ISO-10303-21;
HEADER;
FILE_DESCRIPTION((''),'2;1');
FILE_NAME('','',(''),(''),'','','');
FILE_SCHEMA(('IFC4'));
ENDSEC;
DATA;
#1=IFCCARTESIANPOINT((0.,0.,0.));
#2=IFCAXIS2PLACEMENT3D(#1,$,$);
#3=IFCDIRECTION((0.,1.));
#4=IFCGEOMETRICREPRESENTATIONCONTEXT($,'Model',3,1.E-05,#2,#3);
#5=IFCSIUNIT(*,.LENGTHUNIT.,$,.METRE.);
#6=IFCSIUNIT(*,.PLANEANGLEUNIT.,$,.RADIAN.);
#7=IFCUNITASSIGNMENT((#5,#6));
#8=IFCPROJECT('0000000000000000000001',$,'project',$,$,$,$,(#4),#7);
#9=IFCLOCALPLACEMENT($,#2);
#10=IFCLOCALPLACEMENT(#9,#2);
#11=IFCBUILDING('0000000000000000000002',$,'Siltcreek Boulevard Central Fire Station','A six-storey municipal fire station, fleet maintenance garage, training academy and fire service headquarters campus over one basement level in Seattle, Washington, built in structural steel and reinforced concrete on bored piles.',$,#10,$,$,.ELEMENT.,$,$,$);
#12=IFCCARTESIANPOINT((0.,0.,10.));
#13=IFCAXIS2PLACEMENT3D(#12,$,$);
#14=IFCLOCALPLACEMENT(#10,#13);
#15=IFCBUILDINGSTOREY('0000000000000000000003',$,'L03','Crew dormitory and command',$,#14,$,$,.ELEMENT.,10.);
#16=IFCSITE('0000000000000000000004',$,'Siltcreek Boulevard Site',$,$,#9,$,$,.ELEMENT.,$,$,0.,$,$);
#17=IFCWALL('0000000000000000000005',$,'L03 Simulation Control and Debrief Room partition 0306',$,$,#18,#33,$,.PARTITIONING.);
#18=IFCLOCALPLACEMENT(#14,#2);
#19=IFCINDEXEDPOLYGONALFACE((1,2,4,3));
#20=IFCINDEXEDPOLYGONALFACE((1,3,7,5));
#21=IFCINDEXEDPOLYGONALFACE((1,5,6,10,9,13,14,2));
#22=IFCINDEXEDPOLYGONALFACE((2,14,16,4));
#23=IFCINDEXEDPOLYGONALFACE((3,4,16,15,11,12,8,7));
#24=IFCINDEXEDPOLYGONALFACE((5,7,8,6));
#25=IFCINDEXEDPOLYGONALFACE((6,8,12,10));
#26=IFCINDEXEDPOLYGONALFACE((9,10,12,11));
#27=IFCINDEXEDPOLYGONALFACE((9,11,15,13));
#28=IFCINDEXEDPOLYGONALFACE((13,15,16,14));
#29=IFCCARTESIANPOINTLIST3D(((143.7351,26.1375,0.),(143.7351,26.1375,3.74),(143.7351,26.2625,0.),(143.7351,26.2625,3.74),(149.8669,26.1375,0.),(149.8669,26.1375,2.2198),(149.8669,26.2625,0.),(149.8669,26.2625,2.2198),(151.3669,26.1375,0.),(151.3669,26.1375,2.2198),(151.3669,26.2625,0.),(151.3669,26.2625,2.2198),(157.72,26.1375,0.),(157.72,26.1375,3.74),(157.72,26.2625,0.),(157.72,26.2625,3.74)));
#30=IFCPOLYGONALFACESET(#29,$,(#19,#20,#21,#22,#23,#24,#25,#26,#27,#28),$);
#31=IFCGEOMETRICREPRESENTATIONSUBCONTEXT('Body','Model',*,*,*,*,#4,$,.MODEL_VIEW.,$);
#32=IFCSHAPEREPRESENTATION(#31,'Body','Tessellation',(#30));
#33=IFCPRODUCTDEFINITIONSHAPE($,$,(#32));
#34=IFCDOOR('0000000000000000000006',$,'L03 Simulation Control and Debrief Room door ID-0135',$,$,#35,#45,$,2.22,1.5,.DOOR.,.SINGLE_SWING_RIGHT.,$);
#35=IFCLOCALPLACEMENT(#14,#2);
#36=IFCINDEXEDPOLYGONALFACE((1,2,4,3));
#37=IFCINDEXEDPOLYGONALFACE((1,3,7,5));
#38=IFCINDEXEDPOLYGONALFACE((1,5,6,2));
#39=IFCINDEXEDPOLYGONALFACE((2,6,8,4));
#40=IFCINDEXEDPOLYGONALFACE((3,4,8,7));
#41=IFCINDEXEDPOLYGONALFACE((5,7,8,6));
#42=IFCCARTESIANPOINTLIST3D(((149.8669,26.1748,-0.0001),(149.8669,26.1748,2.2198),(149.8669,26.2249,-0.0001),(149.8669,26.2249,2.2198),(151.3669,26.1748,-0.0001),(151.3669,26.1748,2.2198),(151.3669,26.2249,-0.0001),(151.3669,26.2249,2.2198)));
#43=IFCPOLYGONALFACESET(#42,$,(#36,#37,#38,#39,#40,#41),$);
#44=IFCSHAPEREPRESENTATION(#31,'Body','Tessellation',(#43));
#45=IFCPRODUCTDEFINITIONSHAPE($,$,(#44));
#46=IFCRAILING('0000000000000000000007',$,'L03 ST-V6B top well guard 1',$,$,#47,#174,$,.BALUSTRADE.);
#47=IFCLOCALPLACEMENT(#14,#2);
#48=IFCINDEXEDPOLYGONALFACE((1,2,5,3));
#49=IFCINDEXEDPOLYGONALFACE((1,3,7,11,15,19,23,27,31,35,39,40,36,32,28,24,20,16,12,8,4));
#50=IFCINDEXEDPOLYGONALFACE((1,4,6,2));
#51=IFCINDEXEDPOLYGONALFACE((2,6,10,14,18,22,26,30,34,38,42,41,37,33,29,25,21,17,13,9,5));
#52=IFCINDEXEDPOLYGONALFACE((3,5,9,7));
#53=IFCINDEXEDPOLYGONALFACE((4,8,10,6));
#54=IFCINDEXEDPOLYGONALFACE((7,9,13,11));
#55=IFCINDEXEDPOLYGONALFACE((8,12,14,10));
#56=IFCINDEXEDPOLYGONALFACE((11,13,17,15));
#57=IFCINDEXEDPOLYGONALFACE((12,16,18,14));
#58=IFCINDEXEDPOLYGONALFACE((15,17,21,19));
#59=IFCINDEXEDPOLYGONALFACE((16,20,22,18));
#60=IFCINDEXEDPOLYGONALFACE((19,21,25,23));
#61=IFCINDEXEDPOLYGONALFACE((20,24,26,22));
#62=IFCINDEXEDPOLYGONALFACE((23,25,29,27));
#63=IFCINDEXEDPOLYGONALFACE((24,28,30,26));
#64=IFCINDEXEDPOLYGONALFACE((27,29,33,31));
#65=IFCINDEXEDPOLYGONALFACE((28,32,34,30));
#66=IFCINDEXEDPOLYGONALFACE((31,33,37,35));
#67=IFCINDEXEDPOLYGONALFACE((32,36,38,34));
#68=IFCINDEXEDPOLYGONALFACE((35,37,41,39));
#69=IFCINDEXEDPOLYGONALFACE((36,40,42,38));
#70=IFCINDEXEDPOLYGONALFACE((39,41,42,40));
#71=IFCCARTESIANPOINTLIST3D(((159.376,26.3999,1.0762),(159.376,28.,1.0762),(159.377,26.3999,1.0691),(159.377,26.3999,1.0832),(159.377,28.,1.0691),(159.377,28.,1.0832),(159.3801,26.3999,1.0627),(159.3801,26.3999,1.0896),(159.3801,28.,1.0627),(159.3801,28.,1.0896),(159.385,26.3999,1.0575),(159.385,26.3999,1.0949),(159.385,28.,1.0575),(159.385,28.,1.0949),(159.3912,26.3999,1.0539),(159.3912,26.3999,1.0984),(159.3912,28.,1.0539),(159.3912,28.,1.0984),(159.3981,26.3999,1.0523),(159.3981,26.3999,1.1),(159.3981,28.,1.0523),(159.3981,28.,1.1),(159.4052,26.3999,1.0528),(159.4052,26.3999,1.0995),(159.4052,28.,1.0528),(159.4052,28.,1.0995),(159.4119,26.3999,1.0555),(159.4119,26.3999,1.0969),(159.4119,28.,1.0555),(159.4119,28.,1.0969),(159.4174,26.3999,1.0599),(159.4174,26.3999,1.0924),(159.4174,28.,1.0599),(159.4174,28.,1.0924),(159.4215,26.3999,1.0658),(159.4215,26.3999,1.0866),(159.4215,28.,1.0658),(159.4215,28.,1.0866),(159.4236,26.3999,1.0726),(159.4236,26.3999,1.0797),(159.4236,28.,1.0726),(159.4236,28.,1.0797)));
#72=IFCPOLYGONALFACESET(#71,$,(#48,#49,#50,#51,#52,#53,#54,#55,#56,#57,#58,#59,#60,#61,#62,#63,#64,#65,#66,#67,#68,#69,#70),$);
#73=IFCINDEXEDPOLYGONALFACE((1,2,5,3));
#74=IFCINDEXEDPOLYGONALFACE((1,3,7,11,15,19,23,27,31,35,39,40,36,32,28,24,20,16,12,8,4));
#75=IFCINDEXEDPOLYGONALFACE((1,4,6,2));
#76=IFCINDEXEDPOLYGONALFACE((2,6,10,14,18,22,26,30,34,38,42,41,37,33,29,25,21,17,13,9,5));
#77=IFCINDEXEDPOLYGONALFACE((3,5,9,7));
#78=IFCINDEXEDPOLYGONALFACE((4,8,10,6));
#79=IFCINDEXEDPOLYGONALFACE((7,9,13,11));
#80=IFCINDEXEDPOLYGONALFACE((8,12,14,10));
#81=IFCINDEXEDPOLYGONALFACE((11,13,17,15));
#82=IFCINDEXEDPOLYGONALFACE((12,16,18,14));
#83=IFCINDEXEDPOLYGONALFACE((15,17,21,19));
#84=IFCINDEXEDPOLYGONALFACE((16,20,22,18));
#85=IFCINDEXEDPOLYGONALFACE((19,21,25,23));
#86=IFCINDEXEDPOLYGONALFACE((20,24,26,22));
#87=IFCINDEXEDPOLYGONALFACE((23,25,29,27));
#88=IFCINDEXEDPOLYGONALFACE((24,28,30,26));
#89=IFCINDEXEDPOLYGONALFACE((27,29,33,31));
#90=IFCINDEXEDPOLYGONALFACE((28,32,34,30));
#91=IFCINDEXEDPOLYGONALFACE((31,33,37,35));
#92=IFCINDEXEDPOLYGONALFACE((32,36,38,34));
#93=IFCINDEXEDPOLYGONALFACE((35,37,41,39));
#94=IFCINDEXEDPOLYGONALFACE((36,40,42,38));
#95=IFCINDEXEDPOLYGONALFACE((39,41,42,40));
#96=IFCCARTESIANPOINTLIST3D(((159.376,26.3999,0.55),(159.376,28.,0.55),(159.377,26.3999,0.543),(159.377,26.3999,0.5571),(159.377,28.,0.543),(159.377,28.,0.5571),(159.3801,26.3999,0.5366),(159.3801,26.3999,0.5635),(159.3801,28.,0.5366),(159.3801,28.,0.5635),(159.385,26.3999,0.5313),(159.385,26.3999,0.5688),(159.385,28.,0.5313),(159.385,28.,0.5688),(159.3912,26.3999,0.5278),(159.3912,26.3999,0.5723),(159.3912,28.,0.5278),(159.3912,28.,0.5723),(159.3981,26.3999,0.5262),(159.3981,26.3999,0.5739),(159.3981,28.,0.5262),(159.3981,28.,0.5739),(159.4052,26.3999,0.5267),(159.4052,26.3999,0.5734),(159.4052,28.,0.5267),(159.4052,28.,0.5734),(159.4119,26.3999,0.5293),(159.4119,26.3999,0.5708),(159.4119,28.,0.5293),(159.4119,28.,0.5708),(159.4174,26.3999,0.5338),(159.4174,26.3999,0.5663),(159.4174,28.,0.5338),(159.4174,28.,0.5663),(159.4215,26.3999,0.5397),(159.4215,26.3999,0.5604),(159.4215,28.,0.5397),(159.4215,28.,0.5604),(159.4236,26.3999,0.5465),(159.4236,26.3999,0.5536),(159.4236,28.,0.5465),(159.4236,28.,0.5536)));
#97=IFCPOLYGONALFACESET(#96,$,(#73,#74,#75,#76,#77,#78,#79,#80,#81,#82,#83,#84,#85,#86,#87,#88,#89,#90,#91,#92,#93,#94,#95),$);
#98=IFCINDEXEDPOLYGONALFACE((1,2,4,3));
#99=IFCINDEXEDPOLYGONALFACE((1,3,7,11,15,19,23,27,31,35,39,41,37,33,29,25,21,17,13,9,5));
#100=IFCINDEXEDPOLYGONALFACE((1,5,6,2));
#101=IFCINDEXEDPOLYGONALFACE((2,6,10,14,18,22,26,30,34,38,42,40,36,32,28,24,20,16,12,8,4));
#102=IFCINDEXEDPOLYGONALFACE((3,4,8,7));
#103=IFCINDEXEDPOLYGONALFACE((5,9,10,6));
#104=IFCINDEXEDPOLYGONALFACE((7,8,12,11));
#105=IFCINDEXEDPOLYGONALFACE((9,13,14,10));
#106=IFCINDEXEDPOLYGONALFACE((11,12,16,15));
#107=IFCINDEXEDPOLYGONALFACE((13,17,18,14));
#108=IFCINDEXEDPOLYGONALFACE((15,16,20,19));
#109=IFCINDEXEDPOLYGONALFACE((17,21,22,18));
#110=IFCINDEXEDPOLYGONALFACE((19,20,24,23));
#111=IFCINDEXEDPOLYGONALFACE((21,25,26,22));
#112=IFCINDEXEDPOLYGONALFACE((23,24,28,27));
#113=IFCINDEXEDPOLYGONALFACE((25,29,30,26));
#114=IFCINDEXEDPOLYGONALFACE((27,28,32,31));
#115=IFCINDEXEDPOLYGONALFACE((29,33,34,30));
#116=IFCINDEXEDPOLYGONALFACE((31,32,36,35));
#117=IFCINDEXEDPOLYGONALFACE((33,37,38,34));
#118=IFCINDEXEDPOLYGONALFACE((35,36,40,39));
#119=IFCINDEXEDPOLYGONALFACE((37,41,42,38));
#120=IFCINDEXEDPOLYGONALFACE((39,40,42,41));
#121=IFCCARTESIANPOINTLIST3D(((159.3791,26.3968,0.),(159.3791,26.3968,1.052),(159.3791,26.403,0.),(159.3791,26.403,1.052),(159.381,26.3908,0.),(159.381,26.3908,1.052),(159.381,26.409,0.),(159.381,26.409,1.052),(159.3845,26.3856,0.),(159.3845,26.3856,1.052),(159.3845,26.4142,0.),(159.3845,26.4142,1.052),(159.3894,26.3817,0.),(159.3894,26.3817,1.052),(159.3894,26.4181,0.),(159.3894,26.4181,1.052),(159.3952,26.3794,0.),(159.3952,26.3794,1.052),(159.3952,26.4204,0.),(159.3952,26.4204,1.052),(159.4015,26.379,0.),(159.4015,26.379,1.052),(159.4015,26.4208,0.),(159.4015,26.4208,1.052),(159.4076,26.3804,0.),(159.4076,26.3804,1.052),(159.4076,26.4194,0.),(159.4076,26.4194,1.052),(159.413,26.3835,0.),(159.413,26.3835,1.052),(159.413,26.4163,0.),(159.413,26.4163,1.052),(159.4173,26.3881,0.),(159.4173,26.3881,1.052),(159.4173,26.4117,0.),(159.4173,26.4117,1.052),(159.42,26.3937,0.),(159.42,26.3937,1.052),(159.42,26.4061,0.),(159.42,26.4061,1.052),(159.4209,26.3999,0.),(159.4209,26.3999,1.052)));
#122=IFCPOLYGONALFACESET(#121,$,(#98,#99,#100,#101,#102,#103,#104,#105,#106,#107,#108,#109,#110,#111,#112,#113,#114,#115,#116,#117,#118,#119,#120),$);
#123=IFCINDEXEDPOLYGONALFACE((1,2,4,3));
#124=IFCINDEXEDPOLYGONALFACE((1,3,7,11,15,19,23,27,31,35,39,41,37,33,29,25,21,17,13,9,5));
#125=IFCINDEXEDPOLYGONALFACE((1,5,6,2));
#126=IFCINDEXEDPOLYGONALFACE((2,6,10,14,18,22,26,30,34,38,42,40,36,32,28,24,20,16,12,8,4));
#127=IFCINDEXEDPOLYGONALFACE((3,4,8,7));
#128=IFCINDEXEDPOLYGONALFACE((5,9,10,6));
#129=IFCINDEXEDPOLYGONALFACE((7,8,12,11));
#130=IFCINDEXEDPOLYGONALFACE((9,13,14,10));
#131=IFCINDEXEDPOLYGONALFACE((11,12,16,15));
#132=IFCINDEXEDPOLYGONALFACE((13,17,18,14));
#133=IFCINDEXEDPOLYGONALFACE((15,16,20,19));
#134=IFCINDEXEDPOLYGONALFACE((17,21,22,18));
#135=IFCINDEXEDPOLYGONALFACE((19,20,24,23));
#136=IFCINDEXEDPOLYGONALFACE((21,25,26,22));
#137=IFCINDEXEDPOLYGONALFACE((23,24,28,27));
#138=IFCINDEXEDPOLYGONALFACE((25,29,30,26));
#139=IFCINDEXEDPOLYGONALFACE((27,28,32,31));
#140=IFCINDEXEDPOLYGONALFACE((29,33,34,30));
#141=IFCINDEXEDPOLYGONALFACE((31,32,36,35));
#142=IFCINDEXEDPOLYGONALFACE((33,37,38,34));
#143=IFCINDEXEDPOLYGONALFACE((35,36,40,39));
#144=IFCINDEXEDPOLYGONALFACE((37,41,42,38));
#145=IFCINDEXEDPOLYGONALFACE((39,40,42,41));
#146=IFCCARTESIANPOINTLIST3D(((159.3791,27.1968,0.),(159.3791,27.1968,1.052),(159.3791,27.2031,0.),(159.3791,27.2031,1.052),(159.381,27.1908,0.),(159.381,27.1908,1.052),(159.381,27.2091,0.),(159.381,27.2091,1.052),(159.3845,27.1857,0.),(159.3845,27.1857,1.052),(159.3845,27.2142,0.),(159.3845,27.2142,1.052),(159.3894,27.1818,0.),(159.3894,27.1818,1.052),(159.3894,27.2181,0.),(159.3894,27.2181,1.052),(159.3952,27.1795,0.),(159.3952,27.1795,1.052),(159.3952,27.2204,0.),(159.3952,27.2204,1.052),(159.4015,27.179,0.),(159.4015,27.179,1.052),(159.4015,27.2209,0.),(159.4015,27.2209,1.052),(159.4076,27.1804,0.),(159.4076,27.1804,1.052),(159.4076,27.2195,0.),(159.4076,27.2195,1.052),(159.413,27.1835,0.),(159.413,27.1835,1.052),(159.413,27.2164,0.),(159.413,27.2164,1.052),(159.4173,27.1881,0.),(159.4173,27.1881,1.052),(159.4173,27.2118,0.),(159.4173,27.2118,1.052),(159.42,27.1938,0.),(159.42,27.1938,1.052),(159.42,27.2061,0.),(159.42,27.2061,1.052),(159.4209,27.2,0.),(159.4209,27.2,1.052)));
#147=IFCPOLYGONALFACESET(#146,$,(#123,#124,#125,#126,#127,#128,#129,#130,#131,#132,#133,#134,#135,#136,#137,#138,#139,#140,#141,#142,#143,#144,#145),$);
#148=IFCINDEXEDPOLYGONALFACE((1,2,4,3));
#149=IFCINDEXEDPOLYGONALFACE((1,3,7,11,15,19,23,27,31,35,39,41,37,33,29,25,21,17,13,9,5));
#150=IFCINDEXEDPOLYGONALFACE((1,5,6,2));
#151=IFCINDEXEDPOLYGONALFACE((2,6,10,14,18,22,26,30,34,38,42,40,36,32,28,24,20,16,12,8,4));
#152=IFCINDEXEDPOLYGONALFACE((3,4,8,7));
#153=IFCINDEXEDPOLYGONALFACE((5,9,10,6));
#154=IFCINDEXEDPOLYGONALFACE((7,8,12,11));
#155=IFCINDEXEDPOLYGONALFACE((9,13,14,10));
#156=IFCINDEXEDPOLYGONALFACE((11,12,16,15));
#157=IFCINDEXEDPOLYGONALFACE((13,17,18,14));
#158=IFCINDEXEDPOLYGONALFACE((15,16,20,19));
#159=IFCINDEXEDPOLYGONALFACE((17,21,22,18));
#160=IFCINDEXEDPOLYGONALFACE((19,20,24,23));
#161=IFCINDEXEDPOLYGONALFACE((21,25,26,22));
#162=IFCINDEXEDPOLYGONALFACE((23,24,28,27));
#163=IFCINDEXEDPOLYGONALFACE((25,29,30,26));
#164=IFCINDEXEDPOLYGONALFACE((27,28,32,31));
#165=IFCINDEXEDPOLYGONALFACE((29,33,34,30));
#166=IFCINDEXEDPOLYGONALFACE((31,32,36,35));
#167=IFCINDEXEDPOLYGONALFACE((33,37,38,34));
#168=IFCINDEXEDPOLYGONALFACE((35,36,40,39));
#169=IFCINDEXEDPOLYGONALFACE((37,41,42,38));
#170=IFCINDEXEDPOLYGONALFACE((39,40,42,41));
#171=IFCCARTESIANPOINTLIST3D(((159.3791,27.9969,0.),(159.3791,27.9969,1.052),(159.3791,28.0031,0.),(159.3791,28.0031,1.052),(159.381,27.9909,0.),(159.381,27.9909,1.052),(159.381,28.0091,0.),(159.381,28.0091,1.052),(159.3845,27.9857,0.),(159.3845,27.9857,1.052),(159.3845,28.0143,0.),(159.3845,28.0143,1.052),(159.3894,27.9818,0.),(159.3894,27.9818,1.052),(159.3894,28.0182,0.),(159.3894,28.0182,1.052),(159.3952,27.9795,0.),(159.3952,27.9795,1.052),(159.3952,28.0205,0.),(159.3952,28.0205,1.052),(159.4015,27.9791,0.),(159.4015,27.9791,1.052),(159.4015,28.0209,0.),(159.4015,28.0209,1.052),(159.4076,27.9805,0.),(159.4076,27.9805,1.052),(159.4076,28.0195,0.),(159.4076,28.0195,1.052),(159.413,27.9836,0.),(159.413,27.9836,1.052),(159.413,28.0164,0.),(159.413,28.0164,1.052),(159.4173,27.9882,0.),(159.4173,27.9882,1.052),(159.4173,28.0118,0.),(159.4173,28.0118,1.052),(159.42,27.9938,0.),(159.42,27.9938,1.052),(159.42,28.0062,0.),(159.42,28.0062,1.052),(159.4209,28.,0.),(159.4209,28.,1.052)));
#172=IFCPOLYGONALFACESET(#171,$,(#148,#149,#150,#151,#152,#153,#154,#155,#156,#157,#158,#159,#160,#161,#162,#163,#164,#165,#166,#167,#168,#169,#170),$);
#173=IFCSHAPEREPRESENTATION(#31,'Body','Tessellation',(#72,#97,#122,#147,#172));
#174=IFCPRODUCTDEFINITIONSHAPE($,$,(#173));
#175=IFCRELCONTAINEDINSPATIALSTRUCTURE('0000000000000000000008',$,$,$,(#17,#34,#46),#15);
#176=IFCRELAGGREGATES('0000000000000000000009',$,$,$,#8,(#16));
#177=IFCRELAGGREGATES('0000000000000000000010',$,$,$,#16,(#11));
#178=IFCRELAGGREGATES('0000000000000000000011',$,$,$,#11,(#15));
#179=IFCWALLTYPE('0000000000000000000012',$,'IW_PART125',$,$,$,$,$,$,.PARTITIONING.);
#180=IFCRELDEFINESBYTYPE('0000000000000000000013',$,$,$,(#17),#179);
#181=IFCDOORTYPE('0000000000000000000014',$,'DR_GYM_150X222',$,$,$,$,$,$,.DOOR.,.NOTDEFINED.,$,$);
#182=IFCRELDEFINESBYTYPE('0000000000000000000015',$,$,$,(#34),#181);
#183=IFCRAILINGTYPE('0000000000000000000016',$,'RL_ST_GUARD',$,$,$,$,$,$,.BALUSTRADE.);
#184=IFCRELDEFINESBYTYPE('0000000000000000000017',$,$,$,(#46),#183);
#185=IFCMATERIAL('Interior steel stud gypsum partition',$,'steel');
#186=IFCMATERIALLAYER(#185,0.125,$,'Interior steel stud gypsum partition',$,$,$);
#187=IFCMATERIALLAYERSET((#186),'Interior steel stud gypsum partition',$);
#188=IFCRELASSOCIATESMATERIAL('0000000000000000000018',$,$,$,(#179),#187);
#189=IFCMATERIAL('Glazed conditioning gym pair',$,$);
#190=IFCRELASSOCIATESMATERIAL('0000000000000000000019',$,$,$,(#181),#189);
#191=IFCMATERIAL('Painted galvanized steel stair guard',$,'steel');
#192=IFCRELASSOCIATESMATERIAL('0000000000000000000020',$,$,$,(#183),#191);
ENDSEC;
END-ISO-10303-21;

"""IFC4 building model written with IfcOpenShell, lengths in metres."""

from ifc_helpers import new_model, si_unit, direction, frame, frame_2d, origin, origin_2d, place, context, subcontext, project, spatial, rectangle, circle, extrude, material, layer, layer_set, type_object, element, fill, save


model = new_model("IFC4")

# Units and contexts
model_context = context("Model", 3, precision=1e-05, world=origin(), true_north=direction((0.0, 1.0)))
body_context = subcontext(model_context, "Body", "Model", "MODEL_VIEW")
ifc_project = project(units=[si_unit("LENGTHUNIT", "METRE"), si_unit("PLANEANGLEUNIT", "RADIAN")], contexts=[model_context])

# Site, building, storey
site_placement = place(None, origin())
site = spatial("IfcSite", under=ifc_project, at=site_placement, Name="Siltcreek Boulevard Site", CompositionType="ELEMENT", RefElevation=0.0)
building_placement = place(site_placement, origin())
building = spatial("IfcBuilding", under=site, at=building_placement, Name="Siltcreek Boulevard Central Fire Station", Description="A six-storey municipal fire station, fleet maintenance garage, training academy and fire service headquarters campus over one basement level in Seattle, Washington, built in structural steel and reinforced concrete on bored piles.", CompositionType="ELEMENT")
storey_placement = place(building_placement, frame((0.0, 0.0, 10.0)))
storey = spatial("IfcBuildingStorey", under=building, at=storey_placement, Name="L03", Description="Crew dormitory and command", CompositionType="ELEMENT", Elevation=10.0)

# Wall, opening, door
ifc_material_1 = material(Name="Interior steel stud gypsum partition", Category="steel")
ifc_layer_1 = layer(ifc_material_1, 0.125, Name="Interior steel stud gypsum partition")
ifc_layer_set_1 = layer_set([ifc_layer_1], Name="Interior steel stud gypsum partition")
wall_type_1 = type_object("IfcWallType", Name="IW_PART125", PredefinedType="PARTITIONING", material=ifc_layer_set_1)
wall_1_placement = place(storey_placement, frame((157.72, 26.2, 0.0), z_axis=(0.0, 0.0, 1.0), x_axis=(-1.0, 0.0, 0.0)))
wall_1 = element("IfcWall", 1, at=wall_1_placement, inside=storey, type_object=wall_type_1, Name="L03 Simulation Control and Debrief Room partition 0306", PredefinedType="PARTITIONING", context=body_context, shape_type="SweptSolid", body=[
    extrude(rectangle(XDim=13.9849, YDim=0.125, at=frame_2d((6.9924, 0.0))), origin(), (0.0, 0.0, 1.0), 3.74),
])
opening_1_placement = place(wall_1_placement, frame((6.353, 0.0, 0.0)))
opening_1 = element("IfcOpeningElement", 2, at=opening_1_placement, cuts=wall_1, PredefinedType="OPENING", context=body_context, shape_type="SweptSolid", body=[
    extrude(rectangle(XDim=1.5, YDim=2.22, at=frame_2d((0.75, 1.1099))), frame((0.0, 0.0725, 0.0), z_axis=(0.0, -1.0, 0.0), x_axis=(1.0, 0.0, 0.0)), (0.0, 0.0, 1.0), 0.145),
])
ifc_material_2 = material(Name="Glazed conditioning gym pair")
door_type_1 = type_object("IfcDoorType", Name="DR_GYM_150X222", OperationType="NOTDEFINED", PredefinedType="DOOR", material=ifc_material_2)
door_1_placement = place(opening_1_placement, frame((1.5, 0.0, 0.0), z_axis=(0.0, 0.0, 1.0), x_axis=(-1.0, 0.0, 0.0)))
door_1 = element("IfcDoor", 3, at=door_1_placement, inside=storey, type_object=door_type_1, Name="L03 Simulation Control and Debrief Room door ID-0135", OperationType="SINGLE_SWING_RIGHT", OverallHeight=2.22, OverallWidth=1.5, PredefinedType="DOOR", context=body_context, shape_type="SweptSolid", body=[
    extrude(rectangle(XDim=1.5, YDim=2.22, at=frame_2d((0.75, 1.1099))), frame((0.0, 0.0249, 0.0), z_axis=(0.0, -1.0, 0.0), x_axis=(1.0, 0.0, 0.0)), (0.0, 0.0, 1.0), 0.05),
])
fill(opening_1, door_1)

# Railing
ifc_material_3 = material(Name="Painted galvanized steel stair guard", Category="steel")
railing_type = type_object("IfcRailingType", Name="RL_ST_GUARD", PredefinedType="BALUSTRADE", material=ifc_material_3)
railing_placement = place(storey_placement, frame((159.3999, 26.3999, 0.0)))
element("IfcRailing", 4, at=railing_placement, inside=storey, type_object=railing_type, Name="L03 ST-V6B top well guard 1", PredefinedType="BALUSTRADE", context=body_context, shape_type="SweptSolid", body=[
    extrude(circle(Radius=0.0239, at=origin_2d()), frame((0.0, 0.0, 1.0762), z_axis=(0.0, 1.0, 0.0), x_axis=(-1.0, 0.0, 0.0)), (0.0, 0.0, 1.0), 1.6001),
    extrude(circle(Radius=0.0239, at=origin_2d()), frame((0.0, 0.0, 0.55), z_axis=(0.0, 1.0, 0.0), x_axis=(-1.0, 0.0, 0.0)), (0.0, 0.0, 1.0), 1.6001),
    extrude(circle(Radius=0.021, at=origin_2d()), origin(), (0.0, 0.0, 1.0), 1.052),
    extrude(circle(Radius=0.021, at=origin_2d()), frame((0.0, 0.8, 0.0)), (0.0, 0.0, 1.0), 1.052),
    extrude(circle(Radius=0.021, at=origin_2d()), frame((0.0, 1.6001, 0.0)), (0.0, 0.0, 1.0), 1.052),
])

save(model, "model.ifc")
